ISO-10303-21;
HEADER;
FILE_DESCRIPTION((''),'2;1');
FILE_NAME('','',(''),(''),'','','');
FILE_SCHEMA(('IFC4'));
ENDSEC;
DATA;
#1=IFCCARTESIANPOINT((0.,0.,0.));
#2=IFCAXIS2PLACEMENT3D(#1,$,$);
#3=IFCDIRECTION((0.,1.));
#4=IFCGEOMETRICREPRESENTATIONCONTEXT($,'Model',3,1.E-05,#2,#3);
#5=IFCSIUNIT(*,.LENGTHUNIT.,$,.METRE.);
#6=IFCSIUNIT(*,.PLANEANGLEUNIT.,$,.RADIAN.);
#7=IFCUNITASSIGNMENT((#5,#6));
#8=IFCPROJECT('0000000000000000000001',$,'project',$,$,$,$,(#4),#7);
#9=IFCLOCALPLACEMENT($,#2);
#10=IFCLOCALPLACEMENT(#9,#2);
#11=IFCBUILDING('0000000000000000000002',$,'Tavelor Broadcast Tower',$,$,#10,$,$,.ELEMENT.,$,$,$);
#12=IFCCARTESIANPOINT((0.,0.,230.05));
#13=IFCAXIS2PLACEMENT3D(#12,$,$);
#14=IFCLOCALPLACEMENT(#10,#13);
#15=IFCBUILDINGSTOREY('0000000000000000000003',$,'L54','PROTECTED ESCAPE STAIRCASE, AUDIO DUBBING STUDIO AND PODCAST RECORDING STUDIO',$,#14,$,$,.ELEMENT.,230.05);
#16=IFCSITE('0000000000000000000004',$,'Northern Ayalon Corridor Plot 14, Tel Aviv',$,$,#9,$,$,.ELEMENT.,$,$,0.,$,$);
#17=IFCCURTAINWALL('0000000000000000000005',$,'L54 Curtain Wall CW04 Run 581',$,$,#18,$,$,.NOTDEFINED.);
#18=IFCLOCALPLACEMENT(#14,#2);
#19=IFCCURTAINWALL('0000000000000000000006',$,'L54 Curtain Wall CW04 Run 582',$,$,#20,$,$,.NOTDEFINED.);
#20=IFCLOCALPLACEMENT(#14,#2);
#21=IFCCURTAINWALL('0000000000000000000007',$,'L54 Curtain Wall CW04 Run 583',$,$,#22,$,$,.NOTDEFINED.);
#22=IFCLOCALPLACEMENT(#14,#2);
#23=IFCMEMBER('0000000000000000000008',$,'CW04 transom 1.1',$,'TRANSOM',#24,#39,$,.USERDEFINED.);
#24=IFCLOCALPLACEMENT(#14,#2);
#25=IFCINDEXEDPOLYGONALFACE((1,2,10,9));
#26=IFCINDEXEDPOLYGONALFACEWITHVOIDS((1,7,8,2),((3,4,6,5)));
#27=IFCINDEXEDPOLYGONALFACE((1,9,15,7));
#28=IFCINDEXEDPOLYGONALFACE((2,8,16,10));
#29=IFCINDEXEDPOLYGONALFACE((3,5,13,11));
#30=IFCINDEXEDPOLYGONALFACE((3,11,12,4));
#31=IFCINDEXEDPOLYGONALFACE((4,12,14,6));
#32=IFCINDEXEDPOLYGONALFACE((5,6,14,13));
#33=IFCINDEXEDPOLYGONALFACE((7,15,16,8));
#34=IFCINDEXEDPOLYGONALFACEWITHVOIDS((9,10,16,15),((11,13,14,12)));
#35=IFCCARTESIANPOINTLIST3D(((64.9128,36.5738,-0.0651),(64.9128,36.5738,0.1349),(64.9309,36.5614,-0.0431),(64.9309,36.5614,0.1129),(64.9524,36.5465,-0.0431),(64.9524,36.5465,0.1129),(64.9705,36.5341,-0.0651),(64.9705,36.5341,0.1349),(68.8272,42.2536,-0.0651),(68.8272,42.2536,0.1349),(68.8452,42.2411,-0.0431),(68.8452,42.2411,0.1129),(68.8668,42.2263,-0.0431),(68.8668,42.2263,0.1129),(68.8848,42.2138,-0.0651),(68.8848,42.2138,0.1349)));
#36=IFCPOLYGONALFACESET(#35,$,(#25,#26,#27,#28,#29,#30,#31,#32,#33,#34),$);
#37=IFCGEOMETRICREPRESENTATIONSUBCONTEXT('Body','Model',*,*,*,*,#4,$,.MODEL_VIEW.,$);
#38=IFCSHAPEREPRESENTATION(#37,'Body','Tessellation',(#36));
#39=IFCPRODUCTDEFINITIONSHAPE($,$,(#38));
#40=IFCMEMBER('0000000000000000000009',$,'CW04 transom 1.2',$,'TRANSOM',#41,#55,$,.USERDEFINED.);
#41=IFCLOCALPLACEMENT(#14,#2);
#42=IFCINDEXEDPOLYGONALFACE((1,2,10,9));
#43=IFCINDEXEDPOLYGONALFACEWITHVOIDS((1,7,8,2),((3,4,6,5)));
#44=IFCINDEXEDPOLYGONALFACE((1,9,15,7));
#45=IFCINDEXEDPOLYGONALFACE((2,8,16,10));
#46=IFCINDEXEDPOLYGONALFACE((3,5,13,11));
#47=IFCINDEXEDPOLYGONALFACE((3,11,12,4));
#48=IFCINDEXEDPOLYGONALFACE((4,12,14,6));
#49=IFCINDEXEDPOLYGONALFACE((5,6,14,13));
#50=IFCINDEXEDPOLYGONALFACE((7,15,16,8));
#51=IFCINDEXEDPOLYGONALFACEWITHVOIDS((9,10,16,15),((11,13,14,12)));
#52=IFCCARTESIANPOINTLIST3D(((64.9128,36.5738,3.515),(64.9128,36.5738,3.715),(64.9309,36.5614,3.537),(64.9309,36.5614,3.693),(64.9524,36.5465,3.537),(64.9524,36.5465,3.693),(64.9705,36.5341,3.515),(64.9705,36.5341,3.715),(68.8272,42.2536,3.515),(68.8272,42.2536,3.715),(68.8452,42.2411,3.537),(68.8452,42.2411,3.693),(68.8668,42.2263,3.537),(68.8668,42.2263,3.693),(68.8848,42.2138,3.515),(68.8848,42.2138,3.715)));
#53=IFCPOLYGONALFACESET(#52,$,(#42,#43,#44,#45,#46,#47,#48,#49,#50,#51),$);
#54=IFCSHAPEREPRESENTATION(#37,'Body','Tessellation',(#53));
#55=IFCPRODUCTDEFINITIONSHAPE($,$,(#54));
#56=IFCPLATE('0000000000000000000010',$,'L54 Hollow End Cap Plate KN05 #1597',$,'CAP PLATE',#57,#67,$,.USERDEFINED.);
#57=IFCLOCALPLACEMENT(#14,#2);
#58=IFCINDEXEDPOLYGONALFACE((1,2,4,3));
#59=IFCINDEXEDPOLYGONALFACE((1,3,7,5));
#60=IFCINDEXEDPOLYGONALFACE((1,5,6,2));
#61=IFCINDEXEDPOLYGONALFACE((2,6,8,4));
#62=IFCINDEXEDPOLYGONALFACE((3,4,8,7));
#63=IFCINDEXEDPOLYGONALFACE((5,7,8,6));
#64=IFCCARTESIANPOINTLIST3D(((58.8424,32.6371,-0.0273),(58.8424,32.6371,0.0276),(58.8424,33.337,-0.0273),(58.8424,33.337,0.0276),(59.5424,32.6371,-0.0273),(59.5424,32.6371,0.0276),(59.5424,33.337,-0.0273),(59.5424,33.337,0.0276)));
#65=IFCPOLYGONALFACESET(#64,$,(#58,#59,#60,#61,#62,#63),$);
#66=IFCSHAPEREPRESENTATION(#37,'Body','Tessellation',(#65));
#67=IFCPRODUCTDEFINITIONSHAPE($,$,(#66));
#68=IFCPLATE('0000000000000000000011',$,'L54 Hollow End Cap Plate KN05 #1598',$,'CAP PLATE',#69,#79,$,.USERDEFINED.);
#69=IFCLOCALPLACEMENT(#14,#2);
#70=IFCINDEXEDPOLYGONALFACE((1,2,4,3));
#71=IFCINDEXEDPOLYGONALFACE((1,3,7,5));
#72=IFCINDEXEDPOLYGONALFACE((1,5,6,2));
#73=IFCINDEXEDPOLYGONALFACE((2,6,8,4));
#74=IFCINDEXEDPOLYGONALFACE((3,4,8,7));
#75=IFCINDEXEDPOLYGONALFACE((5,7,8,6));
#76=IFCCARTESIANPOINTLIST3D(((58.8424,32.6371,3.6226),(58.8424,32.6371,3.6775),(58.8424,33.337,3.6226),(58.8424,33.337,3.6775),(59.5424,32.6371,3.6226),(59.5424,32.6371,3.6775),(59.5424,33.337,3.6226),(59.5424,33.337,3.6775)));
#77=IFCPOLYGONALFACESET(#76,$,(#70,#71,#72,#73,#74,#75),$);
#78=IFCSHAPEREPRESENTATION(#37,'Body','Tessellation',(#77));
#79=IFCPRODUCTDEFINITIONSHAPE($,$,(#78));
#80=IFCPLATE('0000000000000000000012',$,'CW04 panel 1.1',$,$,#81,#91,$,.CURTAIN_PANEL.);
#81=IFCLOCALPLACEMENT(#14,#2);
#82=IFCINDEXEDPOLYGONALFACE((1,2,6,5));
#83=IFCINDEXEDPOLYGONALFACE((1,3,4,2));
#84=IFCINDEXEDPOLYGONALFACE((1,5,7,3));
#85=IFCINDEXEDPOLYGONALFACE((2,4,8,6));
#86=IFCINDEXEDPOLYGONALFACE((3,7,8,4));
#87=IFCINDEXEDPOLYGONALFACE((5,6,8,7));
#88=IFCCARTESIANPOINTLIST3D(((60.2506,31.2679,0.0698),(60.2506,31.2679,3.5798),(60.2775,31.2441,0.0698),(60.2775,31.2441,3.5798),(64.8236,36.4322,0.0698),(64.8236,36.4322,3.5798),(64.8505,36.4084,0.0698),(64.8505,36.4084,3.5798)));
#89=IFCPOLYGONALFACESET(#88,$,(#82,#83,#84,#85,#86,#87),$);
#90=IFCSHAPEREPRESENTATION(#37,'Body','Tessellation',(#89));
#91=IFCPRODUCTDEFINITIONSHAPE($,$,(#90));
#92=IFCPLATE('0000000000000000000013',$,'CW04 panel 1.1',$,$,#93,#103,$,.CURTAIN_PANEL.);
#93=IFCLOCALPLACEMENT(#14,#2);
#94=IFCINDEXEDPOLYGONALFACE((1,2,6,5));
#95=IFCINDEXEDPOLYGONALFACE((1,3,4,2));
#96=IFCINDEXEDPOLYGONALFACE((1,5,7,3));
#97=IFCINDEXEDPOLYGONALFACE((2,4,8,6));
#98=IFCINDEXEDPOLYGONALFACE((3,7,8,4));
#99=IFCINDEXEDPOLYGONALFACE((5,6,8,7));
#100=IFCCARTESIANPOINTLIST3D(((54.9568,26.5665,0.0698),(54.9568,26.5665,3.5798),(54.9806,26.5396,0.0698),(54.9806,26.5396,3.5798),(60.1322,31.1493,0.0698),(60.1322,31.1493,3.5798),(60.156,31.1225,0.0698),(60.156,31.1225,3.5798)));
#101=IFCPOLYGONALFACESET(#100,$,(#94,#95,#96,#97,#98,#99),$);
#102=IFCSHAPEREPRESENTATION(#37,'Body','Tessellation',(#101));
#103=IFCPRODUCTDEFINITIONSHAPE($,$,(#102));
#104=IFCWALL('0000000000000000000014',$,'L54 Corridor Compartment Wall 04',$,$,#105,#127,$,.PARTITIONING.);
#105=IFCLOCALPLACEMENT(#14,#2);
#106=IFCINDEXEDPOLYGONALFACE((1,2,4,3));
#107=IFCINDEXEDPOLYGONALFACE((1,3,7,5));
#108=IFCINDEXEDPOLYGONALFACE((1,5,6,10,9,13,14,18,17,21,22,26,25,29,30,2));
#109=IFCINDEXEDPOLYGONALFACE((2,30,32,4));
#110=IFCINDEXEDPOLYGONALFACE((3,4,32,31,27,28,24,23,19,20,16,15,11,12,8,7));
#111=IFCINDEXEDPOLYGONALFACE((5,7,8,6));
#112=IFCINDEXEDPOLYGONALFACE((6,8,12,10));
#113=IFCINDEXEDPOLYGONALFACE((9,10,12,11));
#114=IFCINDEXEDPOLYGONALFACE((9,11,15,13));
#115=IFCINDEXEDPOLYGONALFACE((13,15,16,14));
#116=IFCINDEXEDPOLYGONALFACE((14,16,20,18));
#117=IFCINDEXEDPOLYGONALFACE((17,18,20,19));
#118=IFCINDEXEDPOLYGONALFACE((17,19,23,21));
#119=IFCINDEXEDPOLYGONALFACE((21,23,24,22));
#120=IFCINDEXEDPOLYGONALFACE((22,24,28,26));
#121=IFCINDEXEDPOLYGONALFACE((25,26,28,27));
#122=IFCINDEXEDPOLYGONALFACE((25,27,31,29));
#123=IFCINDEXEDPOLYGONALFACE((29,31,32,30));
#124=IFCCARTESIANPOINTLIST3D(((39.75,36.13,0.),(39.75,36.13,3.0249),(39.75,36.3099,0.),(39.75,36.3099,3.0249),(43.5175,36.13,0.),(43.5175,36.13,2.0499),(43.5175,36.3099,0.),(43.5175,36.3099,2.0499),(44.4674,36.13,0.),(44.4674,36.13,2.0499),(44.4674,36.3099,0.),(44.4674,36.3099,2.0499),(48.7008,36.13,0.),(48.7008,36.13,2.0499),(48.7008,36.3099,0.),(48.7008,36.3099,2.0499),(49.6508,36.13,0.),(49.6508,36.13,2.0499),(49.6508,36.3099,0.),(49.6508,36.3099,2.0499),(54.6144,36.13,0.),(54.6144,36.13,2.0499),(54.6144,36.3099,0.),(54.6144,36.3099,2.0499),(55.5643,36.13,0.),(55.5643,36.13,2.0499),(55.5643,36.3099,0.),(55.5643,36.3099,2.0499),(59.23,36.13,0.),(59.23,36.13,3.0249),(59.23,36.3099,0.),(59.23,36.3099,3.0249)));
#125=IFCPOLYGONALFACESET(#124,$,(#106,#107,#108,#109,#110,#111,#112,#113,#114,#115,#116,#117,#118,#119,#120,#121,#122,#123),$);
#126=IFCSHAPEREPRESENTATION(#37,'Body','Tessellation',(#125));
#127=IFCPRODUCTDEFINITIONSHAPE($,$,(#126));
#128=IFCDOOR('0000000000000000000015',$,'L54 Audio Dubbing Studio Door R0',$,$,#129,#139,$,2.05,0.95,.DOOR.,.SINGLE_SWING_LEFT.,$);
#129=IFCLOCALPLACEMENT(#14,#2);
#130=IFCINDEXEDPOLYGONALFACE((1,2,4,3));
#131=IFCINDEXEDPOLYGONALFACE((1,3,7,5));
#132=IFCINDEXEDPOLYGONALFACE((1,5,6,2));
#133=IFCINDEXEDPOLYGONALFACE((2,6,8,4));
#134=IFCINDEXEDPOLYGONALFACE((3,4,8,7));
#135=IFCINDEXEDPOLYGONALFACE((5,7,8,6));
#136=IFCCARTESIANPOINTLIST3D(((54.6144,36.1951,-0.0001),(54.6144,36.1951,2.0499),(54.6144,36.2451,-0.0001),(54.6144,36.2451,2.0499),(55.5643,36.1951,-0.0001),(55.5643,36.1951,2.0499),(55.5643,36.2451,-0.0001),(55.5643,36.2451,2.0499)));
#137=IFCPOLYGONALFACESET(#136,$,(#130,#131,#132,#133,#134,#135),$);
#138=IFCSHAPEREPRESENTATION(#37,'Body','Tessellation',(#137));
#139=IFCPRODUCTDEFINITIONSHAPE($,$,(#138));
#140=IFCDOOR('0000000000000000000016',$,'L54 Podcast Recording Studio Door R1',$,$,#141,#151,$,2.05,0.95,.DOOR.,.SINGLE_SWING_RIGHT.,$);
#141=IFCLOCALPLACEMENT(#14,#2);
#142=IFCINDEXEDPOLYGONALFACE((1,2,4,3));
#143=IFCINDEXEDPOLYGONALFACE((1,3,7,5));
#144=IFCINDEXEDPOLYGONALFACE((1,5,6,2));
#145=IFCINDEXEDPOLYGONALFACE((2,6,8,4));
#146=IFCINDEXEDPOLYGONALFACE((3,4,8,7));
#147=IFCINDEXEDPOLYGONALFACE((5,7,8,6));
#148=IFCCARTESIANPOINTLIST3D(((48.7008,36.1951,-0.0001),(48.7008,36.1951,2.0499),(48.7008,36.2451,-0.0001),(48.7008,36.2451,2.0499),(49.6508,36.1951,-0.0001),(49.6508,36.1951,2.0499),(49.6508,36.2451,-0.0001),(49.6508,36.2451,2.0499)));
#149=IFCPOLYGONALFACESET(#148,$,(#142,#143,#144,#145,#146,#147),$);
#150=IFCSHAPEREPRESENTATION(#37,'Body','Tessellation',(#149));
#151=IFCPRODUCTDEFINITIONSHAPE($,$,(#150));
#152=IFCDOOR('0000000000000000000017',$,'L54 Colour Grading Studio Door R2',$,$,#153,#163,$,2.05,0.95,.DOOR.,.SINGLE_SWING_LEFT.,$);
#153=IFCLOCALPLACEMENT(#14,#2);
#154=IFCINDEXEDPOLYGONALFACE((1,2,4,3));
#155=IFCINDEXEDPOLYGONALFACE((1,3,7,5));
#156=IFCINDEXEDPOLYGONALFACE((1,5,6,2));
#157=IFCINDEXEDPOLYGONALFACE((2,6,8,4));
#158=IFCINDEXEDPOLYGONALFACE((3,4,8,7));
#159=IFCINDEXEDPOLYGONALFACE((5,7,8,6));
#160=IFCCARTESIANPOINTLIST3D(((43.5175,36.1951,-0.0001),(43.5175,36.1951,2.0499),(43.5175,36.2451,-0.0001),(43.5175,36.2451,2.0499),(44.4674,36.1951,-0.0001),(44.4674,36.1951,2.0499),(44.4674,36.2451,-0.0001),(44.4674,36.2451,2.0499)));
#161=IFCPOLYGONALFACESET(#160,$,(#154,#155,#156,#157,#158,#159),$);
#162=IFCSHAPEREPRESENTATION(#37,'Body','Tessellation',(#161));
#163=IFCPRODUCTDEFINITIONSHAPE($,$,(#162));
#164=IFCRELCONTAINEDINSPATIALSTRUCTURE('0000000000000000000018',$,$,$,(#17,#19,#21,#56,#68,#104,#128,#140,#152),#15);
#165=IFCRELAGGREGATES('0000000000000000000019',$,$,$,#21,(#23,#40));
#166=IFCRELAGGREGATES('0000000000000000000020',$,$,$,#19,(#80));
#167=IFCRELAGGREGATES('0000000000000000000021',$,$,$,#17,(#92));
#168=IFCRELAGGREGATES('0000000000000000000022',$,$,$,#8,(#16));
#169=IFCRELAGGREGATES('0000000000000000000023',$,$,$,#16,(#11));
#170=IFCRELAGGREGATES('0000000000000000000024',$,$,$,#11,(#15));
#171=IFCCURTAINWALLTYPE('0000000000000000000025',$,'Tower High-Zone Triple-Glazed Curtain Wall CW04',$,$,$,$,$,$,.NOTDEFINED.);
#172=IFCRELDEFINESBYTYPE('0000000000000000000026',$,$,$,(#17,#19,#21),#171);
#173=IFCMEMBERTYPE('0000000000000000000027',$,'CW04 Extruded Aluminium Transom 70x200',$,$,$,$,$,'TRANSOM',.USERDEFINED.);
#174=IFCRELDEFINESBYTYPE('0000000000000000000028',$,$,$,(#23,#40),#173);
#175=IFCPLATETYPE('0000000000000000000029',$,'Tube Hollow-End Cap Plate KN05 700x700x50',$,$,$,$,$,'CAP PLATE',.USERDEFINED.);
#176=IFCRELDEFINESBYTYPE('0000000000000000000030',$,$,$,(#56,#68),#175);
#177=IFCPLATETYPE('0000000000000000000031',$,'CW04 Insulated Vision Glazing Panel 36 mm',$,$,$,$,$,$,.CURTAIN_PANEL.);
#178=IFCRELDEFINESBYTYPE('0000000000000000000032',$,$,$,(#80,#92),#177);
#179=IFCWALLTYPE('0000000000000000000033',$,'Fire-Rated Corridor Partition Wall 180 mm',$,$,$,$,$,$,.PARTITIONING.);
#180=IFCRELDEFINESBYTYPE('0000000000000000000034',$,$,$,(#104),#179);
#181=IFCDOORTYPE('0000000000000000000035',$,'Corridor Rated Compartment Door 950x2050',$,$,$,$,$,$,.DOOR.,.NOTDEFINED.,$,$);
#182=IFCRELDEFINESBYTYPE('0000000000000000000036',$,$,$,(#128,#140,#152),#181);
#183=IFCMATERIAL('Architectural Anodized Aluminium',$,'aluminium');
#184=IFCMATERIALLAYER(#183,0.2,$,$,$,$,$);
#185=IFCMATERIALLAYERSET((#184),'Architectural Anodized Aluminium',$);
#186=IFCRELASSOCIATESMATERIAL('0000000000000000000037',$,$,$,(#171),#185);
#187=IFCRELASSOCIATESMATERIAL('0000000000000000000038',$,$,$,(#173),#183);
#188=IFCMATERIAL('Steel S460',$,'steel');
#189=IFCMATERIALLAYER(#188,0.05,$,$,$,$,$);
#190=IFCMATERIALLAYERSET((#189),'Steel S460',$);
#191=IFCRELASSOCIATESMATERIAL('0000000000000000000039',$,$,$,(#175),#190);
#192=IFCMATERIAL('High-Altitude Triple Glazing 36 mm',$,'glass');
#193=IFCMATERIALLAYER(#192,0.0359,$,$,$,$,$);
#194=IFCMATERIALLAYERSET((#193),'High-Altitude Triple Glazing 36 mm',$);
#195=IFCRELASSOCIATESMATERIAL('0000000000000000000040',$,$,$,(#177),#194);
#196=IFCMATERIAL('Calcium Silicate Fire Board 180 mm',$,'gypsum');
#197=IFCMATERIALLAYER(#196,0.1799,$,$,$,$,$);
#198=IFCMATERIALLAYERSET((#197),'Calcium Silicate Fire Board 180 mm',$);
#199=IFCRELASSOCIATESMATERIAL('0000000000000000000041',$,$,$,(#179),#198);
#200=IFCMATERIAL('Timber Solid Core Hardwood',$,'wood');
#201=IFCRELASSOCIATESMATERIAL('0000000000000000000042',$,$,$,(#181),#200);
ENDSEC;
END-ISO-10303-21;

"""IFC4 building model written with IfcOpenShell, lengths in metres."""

from ifc_helpers import new_model, si_unit, direction, frame, frame_2d, origin, origin_2d, place, context, subcontext, project, spatial, rectangle, hollow_rectangle, extrude, source, transform, mapped, material, layer, layer_set, material_profile, profile_set, type_object, type_shapes, element, fill, aggregate, save


model = new_model("IFC4")

# Units and contexts
model_context = context("Model", 3, precision=1e-05, world=origin(), true_north=direction((0.0, 1.0)))
body_context = subcontext(model_context, "Body", "Model", "MODEL_VIEW")
ifc_project = project(units=[si_unit("LENGTHUNIT", "METRE"), si_unit("PLANEANGLEUNIT", "RADIAN")], contexts=[model_context])

# Site, building, storey
site_placement = place(None, origin())
site = spatial("IfcSite", under=ifc_project, at=site_placement, Name="Northern Ayalon Corridor Plot 14, Tel Aviv", CompositionType="ELEMENT", RefElevation=0.0)
building_placement = place(site_placement, origin())
building = spatial("IfcBuilding", under=site, at=building_placement, Name="Tavelor Broadcast Tower", CompositionType="ELEMENT")
storey_placement = place(building_placement, frame((0.0, 0.0, 230.05)))
storey = spatial("IfcBuildingStorey", under=building, at=storey_placement, Name="L54", Description="PROTECTED ESCAPE STAIRCASE, AUDIO DUBBING STUDIO AND PODCAST RECORDING STUDIO", CompositionType="ELEMENT", Elevation=230.05)

# Shared definitions
ifc_material_1 = material(Name="Steel S460", Category="steel")

# Curtain wall
ifc_material_2 = material(Name="Architectural Anodized Aluminium", Category="aluminium")
ifc_layer_1 = layer(ifc_material_2, 0.2)
ifc_layer_set_1 = layer_set([ifc_layer_1], Name="Architectural Anodized Aluminium")
curtain_wall_type = type_object("IfcCurtainWallType", Name="Tower High-Zone Triple-Glazed Curtain Wall CW04", PredefinedType="NOTDEFINED", material=ifc_layer_set_1)
curtain_wall_1_placement = place(storey_placement, origin())
curtain_wall_1 = element("IfcCurtainWall", 1, at=curtain_wall_1_placement, inside=storey, type_object=curtain_wall_type, Name="L54 Curtain Wall CW04 Run 581", PredefinedType="NOTDEFINED")

# Curtain wall
curtain_wall_2_placement = place(storey_placement, origin())
curtain_wall_2 = element("IfcCurtainWall", 2, at=curtain_wall_2_placement, inside=storey, type_object=curtain_wall_type, Name="L54 Curtain Wall CW04 Run 582", PredefinedType="NOTDEFINED")

# Curtain wall
curtain_wall_3_placement = place(storey_placement, origin())
curtain_wall_3 = element("IfcCurtainWall", 3, at=curtain_wall_3_placement, inside=storey, type_object=curtain_wall_type, Name="L54 Curtain Wall CW04 Run 583", PredefinedType="NOTDEFINED")

# Members
ifc_material_profile_1 = material_profile(ifc_material_2, hollow_rectangle(XDim=0.0701, YDim=0.2, WallThickness=0.022, at=origin_2d()), Name="RHS 70x200x22")
ifc_profile_set_1 = profile_set([ifc_material_profile_1], Name="Architectural Anodized Aluminium")
member_type_1 = type_object("IfcMemberType", Name="CW04 Extruded Aluminium Transom 70x200", ElementType="TRANSOM", PredefinedType="USERDEFINED", material=ifc_profile_set_1)
shared_shape_1 = source(origin(), body_context, "Body", "SweptSolid", [
    extrude(hollow_rectangle(XDim=0.0701, YDim=0.2, WallThickness=0.022, at=origin_2d()), origin(), (0.0, 0.0, 1.0), 6.8979),
])
type_shapes(member_type_1, [shared_shape_1])
member_1_placement = place(storey_placement, frame((64.9417, 36.554, 0.0349), z_axis=(0.567466, 0.823397, 0.0), x_axis=(-0.823397, 0.567466, 0.0)))
member_1 = element("IfcMember", 4, at=member_1_placement, type_object=member_type_1, Name="CW04 transom 1.1", ObjectType="TRANSOM", PredefinedType="USERDEFINED", context=body_context, shape_type="MappedRepresentation", body=[
    mapped(shared_shape_1, transform((0.0, 0.0, 0.0), scale=1.0)),
])
member_2_placement = place(storey_placement, frame((64.9417, 36.554, 3.615), z_axis=(0.567466, 0.823397, 0.0), x_axis=(-0.823397, 0.567466, 0.0)))
member_2 = element("IfcMember", 5, at=member_2_placement, type_object=member_type_1, Name="CW04 transom 1.2", ObjectType="TRANSOM", PredefinedType="USERDEFINED", context=body_context, shape_type="MappedRepresentation", body=[
    mapped(shared_shape_1, transform((0.0, 0.0, 0.0), scale=1.0)),
])
aggregate(curtain_wall_3, [member_1, member_2])

# Plates
ifc_layer_2 = layer(ifc_material_1, 0.05)
ifc_layer_set_2 = layer_set([ifc_layer_2], Name="Steel S460")
plate_type_1 = type_object("IfcPlateType", Name="Tube Hollow-End Cap Plate KN05 700x700x50", ElementType="CAP PLATE", PredefinedType="USERDEFINED", material=ifc_layer_set_2)
shared_shape_2 = source(origin(), body_context, "Body", "SweptSolid", [
    extrude(rectangle(XDim=0.7, YDim=0.7, at=origin_2d()), origin(), (0.0, 0.0, 1.0), 0.0549),
])
type_shapes(plate_type_1, [shared_shape_2])
for number, where, z_axis, x_axis, name in (
    (6, (59.1924, 32.9871, -0.0273), (0.0, 0.0, 1.0), (1.0, 0.0, 0.0), "L54 Hollow End Cap Plate KN05 #1597"),
    (7, (59.1924, 32.9871, 3.6226), (0.0, 0.0, 1.0), (1.0, 0.0, 0.0), "L54 Hollow End Cap Plate KN05 #1598"),
):
    element("IfcPlate", number, at=place(storey_placement, frame(where, z_axis=z_axis, x_axis=x_axis)), inside=storey, type_object=plate_type_1, Name=name, ObjectType="CAP PLATE", PredefinedType="USERDEFINED", context=body_context, shape_type="MappedRepresentation", body=[
        mapped(shared_shape_2, transform((0.0, 0.0, 0.0), scale=1.0)),
    ])

# Plates
ifc_material_3 = material(Name="High-Altitude Triple Glazing 36 mm", Category="glass")
ifc_layer_3 = layer(ifc_material_3, 0.0359)
ifc_layer_set_3 = layer_set([ifc_layer_3], Name="High-Altitude Triple Glazing 36 mm")
plate_type_2 = type_object("IfcPlateType", Name="CW04 Insulated Vision Glazing Panel 36 mm", PredefinedType="CURTAIN_PANEL", material=ifc_layer_set_3)
shared_shape_3 = source(origin(), body_context, "Body", "SweptSolid", [
    extrude(rectangle(XDim=6.8979, YDim=0.0359, at=origin_2d()), origin(), (0.0, 0.0, 1.0), 3.51),
])
plate_1_placement = place(storey_placement, frame((62.5505, 33.8381, 0.0698), z_axis=(0.0, 0.0, 1.0), x_axis=(0.662946, 0.748667, 0.0)))
plate_1 = element("IfcPlate", 8, at=plate_1_placement, type_object=plate_type_2, Name="CW04 panel 1.1", PredefinedType="CURTAIN_PANEL", context=body_context, shape_type="MappedRepresentation", body=[
    mapped(shared_shape_3, transform((0.0, 0.0, 0.0), scale=1.0)),
])
aggregate(curtain_wall_2, [plate_1])
shared_shape_4 = source(origin(), body_context, "Body", "SweptSolid", [
    extrude(rectangle(XDim=6.9128, YDim=0.0359, at=origin_2d()), origin(), (0.0, 0.0, 1.0), 3.51),
])
type_shapes(plate_type_2, [shared_shape_3, shared_shape_4])
plate_2_placement = place(storey_placement, frame((57.5564, 28.8445, 0.0698), z_axis=(0.0, 0.0, 1.0), x_axis=(0.748668, 0.662945, 0.0)))
plate_2 = element("IfcPlate", 9, at=plate_2_placement, type_object=plate_type_2, Name="CW04 panel 1.1", PredefinedType="CURTAIN_PANEL", context=body_context, shape_type="MappedRepresentation", body=[
    mapped(shared_shape_4, transform((0.0, 0.0, 0.0), scale=1.0)),
])
aggregate(curtain_wall_1, [plate_2])

# Wall, openings, doors
ifc_material_4 = material(Name="Calcium Silicate Fire Board 180 mm", Category="gypsum")
ifc_layer_4 = layer(ifc_material_4, 0.1799)
ifc_layer_set_4 = layer_set([ifc_layer_4], Name="Calcium Silicate Fire Board 180 mm")
wall_type_1 = type_object("IfcWallType", Name="Fire-Rated Corridor Partition Wall 180 mm", PredefinedType="PARTITIONING", material=ifc_layer_set_4)
wall_1_placement = place(storey_placement, frame((59.23, 36.22, 0.0), z_axis=(0.0, 0.0, 1.0), x_axis=(-1.0, 0.0, 0.0)))
wall_1 = element("IfcWall", 10, at=wall_1_placement, inside=storey, type_object=wall_type_1, Name="L54 Corridor Compartment Wall 04", PredefinedType="PARTITIONING", context=body_context, shape_type="SweptSolid", body=[
    extrude(rectangle(XDim=19.48, YDim=0.1799, at=frame_2d((9.74, 0.0))), origin(), (0.0, 0.0, 1.0), 3.0249),
])
opening_1_placement = place(wall_1_placement, frame((3.6655, 0.0, 0.0)))
opening_1 = element("IfcOpeningElement", 11, at=opening_1_placement, cuts=wall_1, PredefinedType="OPENING", context=body_context, shape_type="SweptSolid", body=[
    extrude(rectangle(XDim=0.95, YDim=2.05, at=frame_2d((0.4751, 1.0249))), frame((0.0, 0.1001, 0.0), z_axis=(0.0, -1.0, 0.0), x_axis=(1.0, 0.0, 0.0)), (0.0, 0.0, 1.0), 0.2),
])
opening_2_placement = place(wall_1_placement, frame((9.5791, 0.0, 0.0)))
opening_2 = element("IfcOpeningElement", 12, at=opening_2_placement, cuts=wall_1, PredefinedType="OPENING", context=body_context, shape_type="SweptSolid", body=[
    extrude(rectangle(XDim=0.95, YDim=2.05, at=frame_2d((0.4751, 1.0249))), frame((0.0, 0.1001, 0.0), z_axis=(0.0, -1.0, 0.0), x_axis=(1.0, 0.0, 0.0)), (0.0, 0.0, 1.0), 0.2),
])
opening_3_placement = place(wall_1_placement, frame((14.7625, 0.0, 0.0)))
opening_3 = element("IfcOpeningElement", 13, at=opening_3_placement, cuts=wall_1, PredefinedType="OPENING", context=body_context, shape_type="SweptSolid", body=[
    extrude(rectangle(XDim=0.95, YDim=2.05, at=frame_2d((0.4751, 1.0249))), frame((0.0, 0.1001, 0.0), z_axis=(0.0, -1.0, 0.0), x_axis=(1.0, 0.0, 0.0)), (0.0, 0.0, 1.0), 0.2),
])
ifc_material_5 = material(Name="Timber Solid Core Hardwood", Category="wood")
door_type = type_object("IfcDoorType", Name="Corridor Rated Compartment Door 950x2050", OperationType="NOTDEFINED", PredefinedType="DOOR", material=ifc_material_5)
door_1_placement = place(opening_1_placement, origin())
door_1 = element("IfcDoor", 14, at=door_1_placement, inside=storey, type_object=door_type, Name="L54 Audio Dubbing Studio Door R0", OperationType="SINGLE_SWING_LEFT", OverallHeight=2.05, OverallWidth=0.95, PredefinedType="DOOR", context=body_context, shape_type="SweptSolid", body=[
    extrude(rectangle(XDim=0.95, YDim=2.05, at=frame_2d((0.4751, 1.0249))), frame((0.0, 0.0249, 0.0), z_axis=(0.0, -1.0, 0.0), x_axis=(1.0, 0.0, 0.0)), (0.0, 0.0, 1.0), 0.05),
])
fill(opening_1, door_1)
door_2_placement = place(opening_2_placement, origin())
door_2 = element("IfcDoor", 15, at=door_2_placement, inside=storey, type_object=door_type, Name="L54 Podcast Recording Studio Door R1", OperationType="SINGLE_SWING_RIGHT", OverallHeight=2.05, OverallWidth=0.95, PredefinedType="DOOR", context=body_context, shape_type="SweptSolid", body=[
    extrude(rectangle(XDim=0.95, YDim=2.05, at=frame_2d((0.4751, 1.0249))), frame((0.0, 0.0249, 0.0), z_axis=(0.0, -1.0, 0.0), x_axis=(1.0, 0.0, 0.0)), (0.0, 0.0, 1.0), 0.05),
])
fill(opening_2, door_2)
door_3_placement = place(opening_3_placement, origin())
door_3 = element("IfcDoor", 16, at=door_3_placement, inside=storey, type_object=door_type, Name="L54 Colour Grading Studio Door R2", OperationType="SINGLE_SWING_LEFT", OverallHeight=2.05, OverallWidth=0.95, PredefinedType="DOOR", context=body_context, shape_type="SweptSolid", body=[
    extrude(rectangle(XDim=0.95, YDim=2.05, at=frame_2d((0.4751, 1.0249))), frame((0.0, 0.0249, 0.0), z_axis=(0.0, -1.0, 0.0), x_axis=(1.0, 0.0, 0.0)), (0.0, 0.0, 1.0), 0.05),
])
fill(opening_3, door_3)

save(model, "model.ifc")
